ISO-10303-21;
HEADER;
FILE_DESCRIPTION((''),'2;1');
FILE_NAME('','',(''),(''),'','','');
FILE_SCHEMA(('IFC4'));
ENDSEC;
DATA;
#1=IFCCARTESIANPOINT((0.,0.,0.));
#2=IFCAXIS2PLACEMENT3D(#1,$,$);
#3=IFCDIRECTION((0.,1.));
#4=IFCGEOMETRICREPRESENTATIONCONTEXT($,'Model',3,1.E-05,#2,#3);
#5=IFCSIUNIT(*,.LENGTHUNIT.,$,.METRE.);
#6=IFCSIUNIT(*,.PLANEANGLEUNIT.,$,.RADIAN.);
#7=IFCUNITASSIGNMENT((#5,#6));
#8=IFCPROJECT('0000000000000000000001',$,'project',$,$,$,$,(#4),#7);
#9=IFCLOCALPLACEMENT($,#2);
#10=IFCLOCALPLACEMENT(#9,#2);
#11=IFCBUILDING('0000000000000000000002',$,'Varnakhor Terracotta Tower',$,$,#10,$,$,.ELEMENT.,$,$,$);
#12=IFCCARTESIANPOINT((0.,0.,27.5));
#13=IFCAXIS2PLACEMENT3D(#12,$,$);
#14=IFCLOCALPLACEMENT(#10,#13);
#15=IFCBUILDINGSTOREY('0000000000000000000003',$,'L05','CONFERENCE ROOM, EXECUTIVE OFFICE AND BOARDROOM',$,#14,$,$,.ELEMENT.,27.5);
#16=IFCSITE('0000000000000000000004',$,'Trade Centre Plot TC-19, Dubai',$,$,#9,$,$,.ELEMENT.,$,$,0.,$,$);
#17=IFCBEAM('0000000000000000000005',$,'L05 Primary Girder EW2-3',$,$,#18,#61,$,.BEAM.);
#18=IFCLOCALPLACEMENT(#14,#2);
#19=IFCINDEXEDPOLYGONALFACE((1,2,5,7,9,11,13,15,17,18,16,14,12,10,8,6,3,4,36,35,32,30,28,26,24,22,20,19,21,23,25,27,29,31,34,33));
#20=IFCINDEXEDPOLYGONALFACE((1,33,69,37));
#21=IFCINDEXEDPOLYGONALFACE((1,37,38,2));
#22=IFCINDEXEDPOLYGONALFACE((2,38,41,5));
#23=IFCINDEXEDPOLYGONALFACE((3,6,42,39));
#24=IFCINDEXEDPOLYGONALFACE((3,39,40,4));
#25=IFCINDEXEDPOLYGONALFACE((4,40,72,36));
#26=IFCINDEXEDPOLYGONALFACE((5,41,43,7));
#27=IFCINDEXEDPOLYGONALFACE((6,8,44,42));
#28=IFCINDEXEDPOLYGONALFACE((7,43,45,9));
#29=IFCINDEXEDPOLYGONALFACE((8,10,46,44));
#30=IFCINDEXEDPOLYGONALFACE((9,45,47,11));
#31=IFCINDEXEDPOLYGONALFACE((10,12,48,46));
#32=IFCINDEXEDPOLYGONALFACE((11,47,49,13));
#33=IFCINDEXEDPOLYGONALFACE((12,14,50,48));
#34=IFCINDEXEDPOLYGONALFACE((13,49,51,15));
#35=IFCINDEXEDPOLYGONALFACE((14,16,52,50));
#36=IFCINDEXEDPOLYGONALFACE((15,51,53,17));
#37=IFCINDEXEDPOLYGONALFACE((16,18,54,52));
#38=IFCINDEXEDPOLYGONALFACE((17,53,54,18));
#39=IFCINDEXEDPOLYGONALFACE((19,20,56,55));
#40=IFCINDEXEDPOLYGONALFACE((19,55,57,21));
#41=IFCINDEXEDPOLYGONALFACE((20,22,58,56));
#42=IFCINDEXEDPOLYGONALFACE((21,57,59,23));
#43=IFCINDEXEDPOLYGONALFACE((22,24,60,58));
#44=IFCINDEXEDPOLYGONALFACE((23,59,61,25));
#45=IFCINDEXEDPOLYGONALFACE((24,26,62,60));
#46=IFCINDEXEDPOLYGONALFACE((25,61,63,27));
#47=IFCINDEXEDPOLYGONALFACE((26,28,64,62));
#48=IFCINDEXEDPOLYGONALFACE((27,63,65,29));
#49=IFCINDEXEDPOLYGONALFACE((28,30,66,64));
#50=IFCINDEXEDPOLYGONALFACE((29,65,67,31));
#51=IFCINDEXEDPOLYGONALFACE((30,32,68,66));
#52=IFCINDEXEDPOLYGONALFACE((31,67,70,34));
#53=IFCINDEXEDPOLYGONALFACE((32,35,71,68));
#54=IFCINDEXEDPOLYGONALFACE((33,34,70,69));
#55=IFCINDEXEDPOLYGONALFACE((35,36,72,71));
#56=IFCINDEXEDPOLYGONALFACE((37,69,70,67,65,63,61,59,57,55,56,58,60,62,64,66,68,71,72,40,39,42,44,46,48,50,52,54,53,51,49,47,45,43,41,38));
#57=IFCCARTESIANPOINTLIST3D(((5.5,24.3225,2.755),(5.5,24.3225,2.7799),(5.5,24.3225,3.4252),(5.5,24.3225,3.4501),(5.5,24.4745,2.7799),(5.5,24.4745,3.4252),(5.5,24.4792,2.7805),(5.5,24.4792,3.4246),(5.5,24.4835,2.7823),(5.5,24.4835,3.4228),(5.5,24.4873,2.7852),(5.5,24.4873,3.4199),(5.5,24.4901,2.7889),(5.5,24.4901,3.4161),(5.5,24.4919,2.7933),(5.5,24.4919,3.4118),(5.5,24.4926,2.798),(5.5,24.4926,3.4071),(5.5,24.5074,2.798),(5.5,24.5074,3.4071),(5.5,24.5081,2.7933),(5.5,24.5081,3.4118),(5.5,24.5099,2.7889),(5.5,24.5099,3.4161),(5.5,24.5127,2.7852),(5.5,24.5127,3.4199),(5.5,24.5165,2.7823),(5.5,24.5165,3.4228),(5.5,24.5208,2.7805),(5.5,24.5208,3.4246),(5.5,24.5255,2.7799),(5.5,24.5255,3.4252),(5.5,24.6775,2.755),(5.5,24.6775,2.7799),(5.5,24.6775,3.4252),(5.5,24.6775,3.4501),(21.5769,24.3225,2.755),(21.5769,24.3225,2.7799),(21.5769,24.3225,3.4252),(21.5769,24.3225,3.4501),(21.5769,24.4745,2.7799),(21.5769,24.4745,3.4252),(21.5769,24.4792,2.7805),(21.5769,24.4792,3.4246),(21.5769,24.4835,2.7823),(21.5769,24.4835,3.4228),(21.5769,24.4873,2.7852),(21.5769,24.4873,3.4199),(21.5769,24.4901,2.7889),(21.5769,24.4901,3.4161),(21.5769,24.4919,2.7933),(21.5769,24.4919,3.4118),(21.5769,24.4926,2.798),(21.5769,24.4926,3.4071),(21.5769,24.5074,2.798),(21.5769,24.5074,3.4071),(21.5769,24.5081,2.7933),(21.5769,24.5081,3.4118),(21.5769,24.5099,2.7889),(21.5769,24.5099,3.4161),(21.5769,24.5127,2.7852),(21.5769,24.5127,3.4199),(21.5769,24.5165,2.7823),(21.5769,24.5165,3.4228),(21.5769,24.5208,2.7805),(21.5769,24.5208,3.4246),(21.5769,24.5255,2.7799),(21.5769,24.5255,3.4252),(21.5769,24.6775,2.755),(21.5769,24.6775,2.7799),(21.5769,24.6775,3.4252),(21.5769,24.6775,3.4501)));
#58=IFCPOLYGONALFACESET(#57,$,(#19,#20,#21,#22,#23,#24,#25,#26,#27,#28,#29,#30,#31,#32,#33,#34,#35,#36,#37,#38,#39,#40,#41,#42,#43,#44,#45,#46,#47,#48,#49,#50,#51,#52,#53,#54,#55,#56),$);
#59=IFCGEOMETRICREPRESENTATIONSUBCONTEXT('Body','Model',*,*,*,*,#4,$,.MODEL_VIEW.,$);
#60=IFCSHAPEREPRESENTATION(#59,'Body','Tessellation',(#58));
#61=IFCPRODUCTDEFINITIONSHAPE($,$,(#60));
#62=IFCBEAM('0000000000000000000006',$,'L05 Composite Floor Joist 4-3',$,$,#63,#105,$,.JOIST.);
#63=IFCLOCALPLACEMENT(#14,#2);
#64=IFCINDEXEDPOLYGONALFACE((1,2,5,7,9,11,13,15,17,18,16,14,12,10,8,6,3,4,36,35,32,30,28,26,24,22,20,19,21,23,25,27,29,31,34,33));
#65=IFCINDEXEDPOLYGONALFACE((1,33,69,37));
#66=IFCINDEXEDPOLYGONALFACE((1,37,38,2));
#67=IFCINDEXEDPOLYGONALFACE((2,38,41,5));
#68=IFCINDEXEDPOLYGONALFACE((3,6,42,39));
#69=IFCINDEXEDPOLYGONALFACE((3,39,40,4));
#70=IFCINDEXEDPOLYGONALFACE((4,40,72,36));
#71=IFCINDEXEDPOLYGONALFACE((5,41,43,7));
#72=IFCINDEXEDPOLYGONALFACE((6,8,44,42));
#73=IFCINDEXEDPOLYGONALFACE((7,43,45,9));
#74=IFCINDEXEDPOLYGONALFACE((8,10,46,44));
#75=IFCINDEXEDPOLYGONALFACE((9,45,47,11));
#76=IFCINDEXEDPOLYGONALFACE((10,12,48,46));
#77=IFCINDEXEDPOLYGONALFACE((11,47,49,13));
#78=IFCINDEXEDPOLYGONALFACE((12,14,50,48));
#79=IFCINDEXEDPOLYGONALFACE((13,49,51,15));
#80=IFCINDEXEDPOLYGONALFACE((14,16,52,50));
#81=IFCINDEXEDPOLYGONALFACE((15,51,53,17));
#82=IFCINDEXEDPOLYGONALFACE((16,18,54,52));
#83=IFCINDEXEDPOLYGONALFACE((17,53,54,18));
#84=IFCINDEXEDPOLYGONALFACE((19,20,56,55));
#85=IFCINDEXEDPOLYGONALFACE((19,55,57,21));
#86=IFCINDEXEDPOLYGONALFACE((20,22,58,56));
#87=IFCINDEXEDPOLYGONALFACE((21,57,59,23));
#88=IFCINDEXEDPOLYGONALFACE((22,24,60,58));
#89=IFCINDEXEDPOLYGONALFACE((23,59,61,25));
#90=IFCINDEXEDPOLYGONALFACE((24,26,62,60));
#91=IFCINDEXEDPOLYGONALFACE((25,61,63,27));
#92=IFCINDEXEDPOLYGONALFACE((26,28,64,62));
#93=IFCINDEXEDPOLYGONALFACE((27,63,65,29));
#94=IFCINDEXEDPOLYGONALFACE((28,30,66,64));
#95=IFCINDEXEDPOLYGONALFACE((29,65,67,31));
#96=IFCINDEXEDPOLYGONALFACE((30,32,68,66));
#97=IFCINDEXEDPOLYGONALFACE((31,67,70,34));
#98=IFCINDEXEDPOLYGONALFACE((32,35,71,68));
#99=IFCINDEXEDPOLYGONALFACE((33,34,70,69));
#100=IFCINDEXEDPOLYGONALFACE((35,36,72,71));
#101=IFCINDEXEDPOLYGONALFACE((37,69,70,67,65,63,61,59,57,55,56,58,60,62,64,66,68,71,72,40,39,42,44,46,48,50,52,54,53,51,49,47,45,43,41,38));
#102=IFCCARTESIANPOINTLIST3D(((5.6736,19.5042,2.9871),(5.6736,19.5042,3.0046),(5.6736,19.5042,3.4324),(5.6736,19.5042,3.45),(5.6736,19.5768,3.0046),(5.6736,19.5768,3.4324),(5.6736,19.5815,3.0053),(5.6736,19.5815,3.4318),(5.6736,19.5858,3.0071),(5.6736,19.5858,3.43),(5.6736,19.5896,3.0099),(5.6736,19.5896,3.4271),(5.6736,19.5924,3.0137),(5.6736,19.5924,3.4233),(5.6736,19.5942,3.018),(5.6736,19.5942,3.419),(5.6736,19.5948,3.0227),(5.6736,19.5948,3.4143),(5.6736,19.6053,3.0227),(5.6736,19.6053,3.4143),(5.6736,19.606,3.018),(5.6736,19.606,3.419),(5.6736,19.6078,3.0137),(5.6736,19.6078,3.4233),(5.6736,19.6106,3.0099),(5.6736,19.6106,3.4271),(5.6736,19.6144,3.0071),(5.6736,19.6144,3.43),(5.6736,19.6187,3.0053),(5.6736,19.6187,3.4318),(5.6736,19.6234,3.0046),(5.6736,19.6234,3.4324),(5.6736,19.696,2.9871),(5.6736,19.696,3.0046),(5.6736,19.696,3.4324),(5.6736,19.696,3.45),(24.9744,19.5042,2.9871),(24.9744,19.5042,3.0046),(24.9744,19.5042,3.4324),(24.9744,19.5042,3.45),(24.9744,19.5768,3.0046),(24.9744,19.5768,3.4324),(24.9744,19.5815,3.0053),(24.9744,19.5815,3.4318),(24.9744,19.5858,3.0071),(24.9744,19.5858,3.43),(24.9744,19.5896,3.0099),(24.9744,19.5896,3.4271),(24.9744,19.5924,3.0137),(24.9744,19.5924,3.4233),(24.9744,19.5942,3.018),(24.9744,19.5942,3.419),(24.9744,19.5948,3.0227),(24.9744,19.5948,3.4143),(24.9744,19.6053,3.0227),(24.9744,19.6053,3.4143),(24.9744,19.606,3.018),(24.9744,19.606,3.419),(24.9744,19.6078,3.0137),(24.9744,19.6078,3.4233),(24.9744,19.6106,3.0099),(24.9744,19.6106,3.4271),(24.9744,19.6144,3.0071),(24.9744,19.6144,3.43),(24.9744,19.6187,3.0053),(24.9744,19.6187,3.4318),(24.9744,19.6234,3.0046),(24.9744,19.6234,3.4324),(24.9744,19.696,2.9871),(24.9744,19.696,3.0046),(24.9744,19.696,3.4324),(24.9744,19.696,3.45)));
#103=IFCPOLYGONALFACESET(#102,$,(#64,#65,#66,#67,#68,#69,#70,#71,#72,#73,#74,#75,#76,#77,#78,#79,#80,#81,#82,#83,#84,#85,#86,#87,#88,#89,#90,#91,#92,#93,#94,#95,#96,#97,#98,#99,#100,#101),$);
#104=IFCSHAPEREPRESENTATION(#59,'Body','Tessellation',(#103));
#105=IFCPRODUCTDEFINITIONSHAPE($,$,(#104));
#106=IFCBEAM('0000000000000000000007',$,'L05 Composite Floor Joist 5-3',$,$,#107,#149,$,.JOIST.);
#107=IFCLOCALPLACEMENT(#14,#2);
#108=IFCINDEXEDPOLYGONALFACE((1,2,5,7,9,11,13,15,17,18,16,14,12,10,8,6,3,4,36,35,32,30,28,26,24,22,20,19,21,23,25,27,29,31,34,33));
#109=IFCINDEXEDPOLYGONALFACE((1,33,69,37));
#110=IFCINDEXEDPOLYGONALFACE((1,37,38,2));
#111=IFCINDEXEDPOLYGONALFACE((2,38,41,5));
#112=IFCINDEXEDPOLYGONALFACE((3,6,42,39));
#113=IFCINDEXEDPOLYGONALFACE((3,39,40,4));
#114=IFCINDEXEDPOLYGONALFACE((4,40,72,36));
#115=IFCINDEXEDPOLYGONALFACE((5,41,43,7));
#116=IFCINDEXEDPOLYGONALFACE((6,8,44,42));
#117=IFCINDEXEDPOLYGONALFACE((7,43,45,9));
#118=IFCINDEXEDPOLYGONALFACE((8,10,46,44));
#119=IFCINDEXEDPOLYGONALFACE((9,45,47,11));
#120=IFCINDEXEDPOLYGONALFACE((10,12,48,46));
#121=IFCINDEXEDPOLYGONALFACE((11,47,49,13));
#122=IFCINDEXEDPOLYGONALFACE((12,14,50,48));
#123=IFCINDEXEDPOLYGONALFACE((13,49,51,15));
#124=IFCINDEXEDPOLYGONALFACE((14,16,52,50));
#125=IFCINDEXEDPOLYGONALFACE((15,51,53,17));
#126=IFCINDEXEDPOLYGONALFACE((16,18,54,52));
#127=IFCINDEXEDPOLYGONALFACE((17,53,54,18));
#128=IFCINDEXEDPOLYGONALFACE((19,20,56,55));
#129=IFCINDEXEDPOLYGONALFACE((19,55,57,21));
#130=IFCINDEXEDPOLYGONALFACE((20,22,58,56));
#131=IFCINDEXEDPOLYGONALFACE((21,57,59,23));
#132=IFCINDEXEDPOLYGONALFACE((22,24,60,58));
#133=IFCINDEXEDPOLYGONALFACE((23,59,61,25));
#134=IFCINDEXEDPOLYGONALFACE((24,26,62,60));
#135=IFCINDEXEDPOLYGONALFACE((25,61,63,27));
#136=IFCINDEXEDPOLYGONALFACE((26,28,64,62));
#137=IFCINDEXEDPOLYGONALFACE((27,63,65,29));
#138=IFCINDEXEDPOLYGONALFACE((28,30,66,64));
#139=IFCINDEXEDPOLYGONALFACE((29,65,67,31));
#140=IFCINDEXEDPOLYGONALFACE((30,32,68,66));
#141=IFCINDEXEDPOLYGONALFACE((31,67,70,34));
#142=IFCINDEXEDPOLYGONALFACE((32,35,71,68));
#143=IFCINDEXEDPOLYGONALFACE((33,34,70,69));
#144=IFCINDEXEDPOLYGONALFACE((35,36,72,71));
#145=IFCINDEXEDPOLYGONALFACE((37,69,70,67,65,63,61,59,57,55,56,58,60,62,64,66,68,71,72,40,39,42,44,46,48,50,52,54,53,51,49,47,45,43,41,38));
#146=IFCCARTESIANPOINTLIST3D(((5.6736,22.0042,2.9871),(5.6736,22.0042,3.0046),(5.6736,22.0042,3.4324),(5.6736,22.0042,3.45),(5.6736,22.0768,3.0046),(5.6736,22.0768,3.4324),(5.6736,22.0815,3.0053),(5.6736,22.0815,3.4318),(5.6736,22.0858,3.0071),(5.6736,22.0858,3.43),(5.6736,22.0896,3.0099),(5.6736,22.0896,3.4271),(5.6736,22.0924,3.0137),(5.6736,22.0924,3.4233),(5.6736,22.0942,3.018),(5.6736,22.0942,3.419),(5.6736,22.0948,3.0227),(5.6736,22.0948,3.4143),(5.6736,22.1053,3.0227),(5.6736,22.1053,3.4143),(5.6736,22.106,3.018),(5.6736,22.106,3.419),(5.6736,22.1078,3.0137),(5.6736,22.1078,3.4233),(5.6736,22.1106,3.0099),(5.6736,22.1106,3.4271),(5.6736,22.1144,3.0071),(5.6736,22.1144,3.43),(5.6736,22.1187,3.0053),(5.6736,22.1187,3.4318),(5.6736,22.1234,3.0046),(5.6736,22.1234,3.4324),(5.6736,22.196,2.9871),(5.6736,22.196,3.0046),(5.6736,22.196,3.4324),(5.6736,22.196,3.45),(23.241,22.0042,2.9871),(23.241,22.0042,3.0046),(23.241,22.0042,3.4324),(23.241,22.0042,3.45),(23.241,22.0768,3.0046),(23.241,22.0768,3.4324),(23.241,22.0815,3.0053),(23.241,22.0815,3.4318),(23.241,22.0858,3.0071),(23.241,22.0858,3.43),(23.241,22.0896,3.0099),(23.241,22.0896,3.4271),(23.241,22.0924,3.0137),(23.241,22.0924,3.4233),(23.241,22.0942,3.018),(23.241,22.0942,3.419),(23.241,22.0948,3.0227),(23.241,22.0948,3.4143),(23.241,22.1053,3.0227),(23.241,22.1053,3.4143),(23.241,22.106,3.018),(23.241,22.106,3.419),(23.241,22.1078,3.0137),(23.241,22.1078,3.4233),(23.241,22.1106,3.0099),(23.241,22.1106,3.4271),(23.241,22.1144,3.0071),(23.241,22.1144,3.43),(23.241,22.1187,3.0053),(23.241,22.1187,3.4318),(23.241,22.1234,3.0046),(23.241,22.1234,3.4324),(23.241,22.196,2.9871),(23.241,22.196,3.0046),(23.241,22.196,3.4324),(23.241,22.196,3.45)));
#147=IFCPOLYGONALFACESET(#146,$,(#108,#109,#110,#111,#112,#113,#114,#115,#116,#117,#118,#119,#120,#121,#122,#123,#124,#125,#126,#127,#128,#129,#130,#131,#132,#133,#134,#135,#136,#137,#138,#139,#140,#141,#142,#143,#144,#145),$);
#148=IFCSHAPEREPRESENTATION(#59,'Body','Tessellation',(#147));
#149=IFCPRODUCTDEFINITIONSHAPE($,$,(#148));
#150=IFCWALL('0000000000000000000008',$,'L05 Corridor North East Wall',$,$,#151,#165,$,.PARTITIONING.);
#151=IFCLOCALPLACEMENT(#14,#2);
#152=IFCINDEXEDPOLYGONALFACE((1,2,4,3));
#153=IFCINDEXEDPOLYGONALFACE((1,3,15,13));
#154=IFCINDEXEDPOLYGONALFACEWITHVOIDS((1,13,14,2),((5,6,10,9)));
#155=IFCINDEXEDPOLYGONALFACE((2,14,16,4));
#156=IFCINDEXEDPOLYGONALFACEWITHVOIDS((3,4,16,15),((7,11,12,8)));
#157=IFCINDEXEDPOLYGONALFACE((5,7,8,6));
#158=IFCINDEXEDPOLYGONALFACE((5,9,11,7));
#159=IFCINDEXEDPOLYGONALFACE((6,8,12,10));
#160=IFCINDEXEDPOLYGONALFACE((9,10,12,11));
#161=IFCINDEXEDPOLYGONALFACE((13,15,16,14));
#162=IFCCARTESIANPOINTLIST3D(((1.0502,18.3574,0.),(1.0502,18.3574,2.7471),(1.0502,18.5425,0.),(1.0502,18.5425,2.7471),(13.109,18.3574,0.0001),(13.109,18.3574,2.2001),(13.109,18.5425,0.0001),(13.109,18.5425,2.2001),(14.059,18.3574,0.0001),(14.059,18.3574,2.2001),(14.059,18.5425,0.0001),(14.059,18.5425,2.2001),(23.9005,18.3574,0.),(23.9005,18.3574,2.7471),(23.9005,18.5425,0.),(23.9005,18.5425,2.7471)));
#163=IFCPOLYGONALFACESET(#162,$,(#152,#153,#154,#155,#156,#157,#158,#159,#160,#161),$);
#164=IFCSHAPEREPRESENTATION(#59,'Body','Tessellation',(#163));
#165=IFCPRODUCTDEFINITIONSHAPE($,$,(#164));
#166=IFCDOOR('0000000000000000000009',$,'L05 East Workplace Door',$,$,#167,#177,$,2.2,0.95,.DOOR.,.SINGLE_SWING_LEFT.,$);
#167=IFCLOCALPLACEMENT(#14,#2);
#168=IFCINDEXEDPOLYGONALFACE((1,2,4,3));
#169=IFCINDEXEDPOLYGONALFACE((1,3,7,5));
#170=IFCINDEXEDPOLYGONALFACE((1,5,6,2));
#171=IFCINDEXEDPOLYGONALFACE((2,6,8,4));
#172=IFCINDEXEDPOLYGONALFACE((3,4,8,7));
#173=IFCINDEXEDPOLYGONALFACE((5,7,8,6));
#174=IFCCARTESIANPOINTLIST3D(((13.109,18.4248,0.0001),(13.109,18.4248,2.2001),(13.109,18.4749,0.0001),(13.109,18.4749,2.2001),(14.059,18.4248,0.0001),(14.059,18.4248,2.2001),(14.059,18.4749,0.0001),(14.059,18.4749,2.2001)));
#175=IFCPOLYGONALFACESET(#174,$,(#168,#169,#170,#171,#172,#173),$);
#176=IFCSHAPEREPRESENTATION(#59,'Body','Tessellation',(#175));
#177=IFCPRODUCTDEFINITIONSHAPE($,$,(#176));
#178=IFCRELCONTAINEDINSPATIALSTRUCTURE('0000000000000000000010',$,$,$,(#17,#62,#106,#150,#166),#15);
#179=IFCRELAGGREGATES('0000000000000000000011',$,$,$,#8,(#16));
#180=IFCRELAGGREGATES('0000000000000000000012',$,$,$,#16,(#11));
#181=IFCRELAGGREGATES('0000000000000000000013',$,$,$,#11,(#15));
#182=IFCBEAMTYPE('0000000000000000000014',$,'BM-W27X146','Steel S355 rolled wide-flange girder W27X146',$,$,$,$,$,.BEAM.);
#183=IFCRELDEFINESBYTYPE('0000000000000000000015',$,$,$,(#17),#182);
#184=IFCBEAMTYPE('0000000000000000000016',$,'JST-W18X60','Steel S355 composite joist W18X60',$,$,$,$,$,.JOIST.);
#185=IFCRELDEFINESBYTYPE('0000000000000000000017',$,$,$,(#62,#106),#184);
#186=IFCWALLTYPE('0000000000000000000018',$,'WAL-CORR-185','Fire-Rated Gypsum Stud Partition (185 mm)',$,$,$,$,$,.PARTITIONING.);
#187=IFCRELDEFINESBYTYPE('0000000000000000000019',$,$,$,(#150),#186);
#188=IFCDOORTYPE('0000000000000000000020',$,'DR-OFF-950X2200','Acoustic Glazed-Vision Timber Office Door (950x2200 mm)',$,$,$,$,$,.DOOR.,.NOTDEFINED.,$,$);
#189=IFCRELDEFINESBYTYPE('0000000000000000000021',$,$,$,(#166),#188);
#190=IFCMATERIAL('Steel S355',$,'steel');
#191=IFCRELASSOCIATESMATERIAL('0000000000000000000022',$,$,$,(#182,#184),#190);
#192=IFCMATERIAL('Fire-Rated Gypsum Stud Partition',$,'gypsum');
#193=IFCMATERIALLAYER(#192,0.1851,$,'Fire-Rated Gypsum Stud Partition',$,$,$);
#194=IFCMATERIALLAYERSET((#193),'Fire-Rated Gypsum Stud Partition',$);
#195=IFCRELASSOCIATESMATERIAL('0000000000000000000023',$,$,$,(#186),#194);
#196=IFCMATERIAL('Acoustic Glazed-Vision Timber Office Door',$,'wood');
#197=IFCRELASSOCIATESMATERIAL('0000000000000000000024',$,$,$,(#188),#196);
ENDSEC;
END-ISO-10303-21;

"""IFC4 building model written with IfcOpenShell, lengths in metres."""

from ifc_helpers import new_model, si_unit, direction, frame, frame_2d, origin, origin_2d, place, context, subcontext, project, spatial, rectangle, i_section, extrude, source, transform, mapped, material, layer, layer_set, material_profile, profile_set, type_object, type_shapes, element, fill, save


model = new_model("IFC4")

# Units and contexts
model_context = context("Model", 3, precision=1e-05, world=origin(), true_north=direction((0.0, 1.0)))
body_context = subcontext(model_context, "Body", "Model", "MODEL_VIEW")
ifc_project = project(units=[si_unit("LENGTHUNIT", "METRE"), si_unit("PLANEANGLEUNIT", "RADIAN")], contexts=[model_context])

# Site, building, storey
site_placement = place(None, origin())
site = spatial("IfcSite", under=ifc_project, at=site_placement, Name="Trade Centre Plot TC-19, Dubai", CompositionType="ELEMENT", RefElevation=0.0)
building_placement = place(site_placement, origin())
building = spatial("IfcBuilding", under=site, at=building_placement, Name="Varnakhor Terracotta Tower", CompositionType="ELEMENT")
storey_placement = place(building_placement, frame((0.0, 0.0, 27.5)))
storey = spatial("IfcBuildingStorey", under=building, at=storey_placement, Name="L05", Description="CONFERENCE ROOM, EXECUTIVE OFFICE AND BOARDROOM", CompositionType="ELEMENT", Elevation=27.5)

# Beams
ifc_material_1 = material(Name="Steel S355", Category="steel")
ifc_material_profile_1 = material_profile(ifc_material_1, i_section(OverallWidth=0.355, OverallDepth=0.6951, WebThickness=0.0149, FlangeThickness=0.0249, FilletRadius=0.0181, at=origin_2d()), Name="W27X146")
ifc_profile_set_1 = profile_set([ifc_material_profile_1], Name="Steel S355")
beam_type_1 = type_object("IfcBeamType", Name="BM-W27X146", Description="Steel S355 rolled wide-flange girder W27X146", PredefinedType="BEAM", material=ifc_profile_set_1)
shared_shape_1 = source(origin(), body_context, "Body", "SweptSolid", [
    extrude(i_section(OverallWidth=0.355, OverallDepth=0.6951, WebThickness=0.0149, FlangeThickness=0.0249, FilletRadius=0.0181, at=origin_2d()), origin(), (0.0, 0.0, 1.0), 16.0769),
])
beam_1_placement = place(storey_placement, frame((5.5, 24.5, 3.1025), z_axis=(1.0, 0.0, 0.0), x_axis=(0.0, 1.0, 0.0)))
element("IfcBeam", 1, at=beam_1_placement, inside=storey, type_object=beam_type_1, Name="L05 Primary Girder EW2-3", PredefinedType="BEAM", context=body_context, shape_type="MappedRepresentation", body=[
    mapped(shared_shape_1, transform((0.0, 0.0, 0.0), scale=1.0)),
])
ifc_material_profile_2 = material_profile(ifc_material_1, i_section(OverallWidth=0.1919, OverallDepth=0.4629, WebThickness=0.0105, FlangeThickness=0.0176, FilletRadius=0.0181, at=origin_2d()), Name="W18X60")
ifc_profile_set_2 = profile_set([ifc_material_profile_2], Name="Steel S355")
beam_type_2 = type_object("IfcBeamType", Name="JST-W18X60", Description="Steel S355 composite joist W18X60", PredefinedType="JOIST", material=ifc_profile_set_2)
shared_shape_2 = source(origin(), body_context, "Body", "SweptSolid", [
    extrude(i_section(OverallWidth=0.1919, OverallDepth=0.4629, WebThickness=0.0105, FlangeThickness=0.0176, FilletRadius=0.0181, at=origin_2d()), origin(), (0.0, 0.0, 1.0), 19.3008),
])
beam_2_placement = place(storey_placement, frame((5.6736, 19.6001, 3.2185), z_axis=(1.0, 0.0, 0.0), x_axis=(0.0, 1.0, 0.0)))
element("IfcBeam", 2, at=beam_2_placement, inside=storey, type_object=beam_type_2, Name="L05 Composite Floor Joist 4-3", PredefinedType="JOIST", context=body_context, shape_type="MappedRepresentation", body=[
    mapped(shared_shape_2, transform((0.0, 0.0, 0.0), scale=1.0)),
])
shared_shape_3 = source(origin(), body_context, "Body", "SweptSolid", [
    extrude(i_section(OverallWidth=0.1919, OverallDepth=0.4629, WebThickness=0.0105, FlangeThickness=0.0176, FilletRadius=0.0181, at=origin_2d()), origin(), (0.0, 0.0, 1.0), 17.5674),
])
beam_3_placement = place(storey_placement, frame((5.6736, 22.1001, 3.2185), z_axis=(1.0, 0.0, 0.0), x_axis=(0.0, 1.0, 0.0)))
element("IfcBeam", 3, at=beam_3_placement, inside=storey, type_object=beam_type_2, Name="L05 Composite Floor Joist 5-3", PredefinedType="JOIST", context=body_context, shape_type="MappedRepresentation", body=[
    mapped(shared_shape_3, transform((0.0, 0.0, 0.0), scale=1.0)),
])

# Wall, opening, door
ifc_material_2 = material(Name="Fire-Rated Gypsum Stud Partition", Category="gypsum")
ifc_layer_1 = layer(ifc_material_2, 0.1851, Name="Fire-Rated Gypsum Stud Partition")
ifc_layer_set_1 = layer_set([ifc_layer_1], Name="Fire-Rated Gypsum Stud Partition")
wall_type_1 = type_object("IfcWallType", Name="WAL-CORR-185", Description="Fire-Rated Gypsum Stud Partition (185 mm)", PredefinedType="PARTITIONING", material=ifc_layer_set_1)
wall_1_placement = place(storey_placement, frame((1.05, 18.45, 0.0), z_axis=(0.0, 0.0, 1.0), x_axis=(1.0, 0.0, 0.0)))
wall_1 = element("IfcWall", 4, at=wall_1_placement, inside=storey, type_object=wall_type_1, Name="L05 Corridor North East Wall", PredefinedType="PARTITIONING", context=body_context, shape_type="SweptSolid", body=[
    extrude(rectangle(XDim=22.8503, YDim=0.1851, at=frame_2d((11.4253, 0.0))), origin(), (0.0, 0.0, 1.0), 2.7471),
])
opening_1_placement = place(wall_1_placement, frame((12.0588, 0.0, 0.0)))
opening_1 = element("IfcOpeningElement", 5, at=opening_1_placement, cuts=wall_1, PredefinedType="OPENING", context=body_context, shape_type="SweptSolid", body=[
    extrude(rectangle(XDim=0.95, YDim=2.2, at=frame_2d((0.4751, 1.1001))), frame((0.0, 0.1025, 0.0), z_axis=(0.0, -1.0, 0.0), x_axis=(1.0, 0.0, 0.0)), (0.0, 0.0, 1.0), 0.2051),
])
ifc_material_3 = material(Name="Acoustic Glazed-Vision Timber Office Door", Category="wood")
door_type_1 = type_object("IfcDoorType", Name="DR-OFF-950X2200", Description="Acoustic Glazed-Vision Timber Office Door (950x2200 mm)", OperationType="NOTDEFINED", PredefinedType="DOOR", material=ifc_material_3)
shared_shape_4 = source(origin(), body_context, "Body", "SweptSolid", [
    extrude(rectangle(XDim=0.95, YDim=2.2, at=frame_2d((0.4751, 1.1001))), frame((0.0, 0.0249, 0.0), z_axis=(0.0, -1.0, 0.0), x_axis=(1.0, 0.0, 0.0)), (0.0, 0.0, 1.0), 0.05),
])
type_shapes(door_type_1, [shared_shape_4])
door_1_placement = place(opening_1_placement, origin())
door_1 = element("IfcDoor", 6, at=door_1_placement, inside=storey, type_object=door_type_1, Name="L05 East Workplace Door", OperationType="SINGLE_SWING_LEFT", OverallHeight=2.2, OverallWidth=0.95, PredefinedType="DOOR", context=body_context, shape_type="MappedRepresentation", body=[
    mapped(shared_shape_4, transform((0.0, 0.0, 0.0), scale=1.0)),
])
fill(opening_1, door_1)

save(model, "model.ifc")
